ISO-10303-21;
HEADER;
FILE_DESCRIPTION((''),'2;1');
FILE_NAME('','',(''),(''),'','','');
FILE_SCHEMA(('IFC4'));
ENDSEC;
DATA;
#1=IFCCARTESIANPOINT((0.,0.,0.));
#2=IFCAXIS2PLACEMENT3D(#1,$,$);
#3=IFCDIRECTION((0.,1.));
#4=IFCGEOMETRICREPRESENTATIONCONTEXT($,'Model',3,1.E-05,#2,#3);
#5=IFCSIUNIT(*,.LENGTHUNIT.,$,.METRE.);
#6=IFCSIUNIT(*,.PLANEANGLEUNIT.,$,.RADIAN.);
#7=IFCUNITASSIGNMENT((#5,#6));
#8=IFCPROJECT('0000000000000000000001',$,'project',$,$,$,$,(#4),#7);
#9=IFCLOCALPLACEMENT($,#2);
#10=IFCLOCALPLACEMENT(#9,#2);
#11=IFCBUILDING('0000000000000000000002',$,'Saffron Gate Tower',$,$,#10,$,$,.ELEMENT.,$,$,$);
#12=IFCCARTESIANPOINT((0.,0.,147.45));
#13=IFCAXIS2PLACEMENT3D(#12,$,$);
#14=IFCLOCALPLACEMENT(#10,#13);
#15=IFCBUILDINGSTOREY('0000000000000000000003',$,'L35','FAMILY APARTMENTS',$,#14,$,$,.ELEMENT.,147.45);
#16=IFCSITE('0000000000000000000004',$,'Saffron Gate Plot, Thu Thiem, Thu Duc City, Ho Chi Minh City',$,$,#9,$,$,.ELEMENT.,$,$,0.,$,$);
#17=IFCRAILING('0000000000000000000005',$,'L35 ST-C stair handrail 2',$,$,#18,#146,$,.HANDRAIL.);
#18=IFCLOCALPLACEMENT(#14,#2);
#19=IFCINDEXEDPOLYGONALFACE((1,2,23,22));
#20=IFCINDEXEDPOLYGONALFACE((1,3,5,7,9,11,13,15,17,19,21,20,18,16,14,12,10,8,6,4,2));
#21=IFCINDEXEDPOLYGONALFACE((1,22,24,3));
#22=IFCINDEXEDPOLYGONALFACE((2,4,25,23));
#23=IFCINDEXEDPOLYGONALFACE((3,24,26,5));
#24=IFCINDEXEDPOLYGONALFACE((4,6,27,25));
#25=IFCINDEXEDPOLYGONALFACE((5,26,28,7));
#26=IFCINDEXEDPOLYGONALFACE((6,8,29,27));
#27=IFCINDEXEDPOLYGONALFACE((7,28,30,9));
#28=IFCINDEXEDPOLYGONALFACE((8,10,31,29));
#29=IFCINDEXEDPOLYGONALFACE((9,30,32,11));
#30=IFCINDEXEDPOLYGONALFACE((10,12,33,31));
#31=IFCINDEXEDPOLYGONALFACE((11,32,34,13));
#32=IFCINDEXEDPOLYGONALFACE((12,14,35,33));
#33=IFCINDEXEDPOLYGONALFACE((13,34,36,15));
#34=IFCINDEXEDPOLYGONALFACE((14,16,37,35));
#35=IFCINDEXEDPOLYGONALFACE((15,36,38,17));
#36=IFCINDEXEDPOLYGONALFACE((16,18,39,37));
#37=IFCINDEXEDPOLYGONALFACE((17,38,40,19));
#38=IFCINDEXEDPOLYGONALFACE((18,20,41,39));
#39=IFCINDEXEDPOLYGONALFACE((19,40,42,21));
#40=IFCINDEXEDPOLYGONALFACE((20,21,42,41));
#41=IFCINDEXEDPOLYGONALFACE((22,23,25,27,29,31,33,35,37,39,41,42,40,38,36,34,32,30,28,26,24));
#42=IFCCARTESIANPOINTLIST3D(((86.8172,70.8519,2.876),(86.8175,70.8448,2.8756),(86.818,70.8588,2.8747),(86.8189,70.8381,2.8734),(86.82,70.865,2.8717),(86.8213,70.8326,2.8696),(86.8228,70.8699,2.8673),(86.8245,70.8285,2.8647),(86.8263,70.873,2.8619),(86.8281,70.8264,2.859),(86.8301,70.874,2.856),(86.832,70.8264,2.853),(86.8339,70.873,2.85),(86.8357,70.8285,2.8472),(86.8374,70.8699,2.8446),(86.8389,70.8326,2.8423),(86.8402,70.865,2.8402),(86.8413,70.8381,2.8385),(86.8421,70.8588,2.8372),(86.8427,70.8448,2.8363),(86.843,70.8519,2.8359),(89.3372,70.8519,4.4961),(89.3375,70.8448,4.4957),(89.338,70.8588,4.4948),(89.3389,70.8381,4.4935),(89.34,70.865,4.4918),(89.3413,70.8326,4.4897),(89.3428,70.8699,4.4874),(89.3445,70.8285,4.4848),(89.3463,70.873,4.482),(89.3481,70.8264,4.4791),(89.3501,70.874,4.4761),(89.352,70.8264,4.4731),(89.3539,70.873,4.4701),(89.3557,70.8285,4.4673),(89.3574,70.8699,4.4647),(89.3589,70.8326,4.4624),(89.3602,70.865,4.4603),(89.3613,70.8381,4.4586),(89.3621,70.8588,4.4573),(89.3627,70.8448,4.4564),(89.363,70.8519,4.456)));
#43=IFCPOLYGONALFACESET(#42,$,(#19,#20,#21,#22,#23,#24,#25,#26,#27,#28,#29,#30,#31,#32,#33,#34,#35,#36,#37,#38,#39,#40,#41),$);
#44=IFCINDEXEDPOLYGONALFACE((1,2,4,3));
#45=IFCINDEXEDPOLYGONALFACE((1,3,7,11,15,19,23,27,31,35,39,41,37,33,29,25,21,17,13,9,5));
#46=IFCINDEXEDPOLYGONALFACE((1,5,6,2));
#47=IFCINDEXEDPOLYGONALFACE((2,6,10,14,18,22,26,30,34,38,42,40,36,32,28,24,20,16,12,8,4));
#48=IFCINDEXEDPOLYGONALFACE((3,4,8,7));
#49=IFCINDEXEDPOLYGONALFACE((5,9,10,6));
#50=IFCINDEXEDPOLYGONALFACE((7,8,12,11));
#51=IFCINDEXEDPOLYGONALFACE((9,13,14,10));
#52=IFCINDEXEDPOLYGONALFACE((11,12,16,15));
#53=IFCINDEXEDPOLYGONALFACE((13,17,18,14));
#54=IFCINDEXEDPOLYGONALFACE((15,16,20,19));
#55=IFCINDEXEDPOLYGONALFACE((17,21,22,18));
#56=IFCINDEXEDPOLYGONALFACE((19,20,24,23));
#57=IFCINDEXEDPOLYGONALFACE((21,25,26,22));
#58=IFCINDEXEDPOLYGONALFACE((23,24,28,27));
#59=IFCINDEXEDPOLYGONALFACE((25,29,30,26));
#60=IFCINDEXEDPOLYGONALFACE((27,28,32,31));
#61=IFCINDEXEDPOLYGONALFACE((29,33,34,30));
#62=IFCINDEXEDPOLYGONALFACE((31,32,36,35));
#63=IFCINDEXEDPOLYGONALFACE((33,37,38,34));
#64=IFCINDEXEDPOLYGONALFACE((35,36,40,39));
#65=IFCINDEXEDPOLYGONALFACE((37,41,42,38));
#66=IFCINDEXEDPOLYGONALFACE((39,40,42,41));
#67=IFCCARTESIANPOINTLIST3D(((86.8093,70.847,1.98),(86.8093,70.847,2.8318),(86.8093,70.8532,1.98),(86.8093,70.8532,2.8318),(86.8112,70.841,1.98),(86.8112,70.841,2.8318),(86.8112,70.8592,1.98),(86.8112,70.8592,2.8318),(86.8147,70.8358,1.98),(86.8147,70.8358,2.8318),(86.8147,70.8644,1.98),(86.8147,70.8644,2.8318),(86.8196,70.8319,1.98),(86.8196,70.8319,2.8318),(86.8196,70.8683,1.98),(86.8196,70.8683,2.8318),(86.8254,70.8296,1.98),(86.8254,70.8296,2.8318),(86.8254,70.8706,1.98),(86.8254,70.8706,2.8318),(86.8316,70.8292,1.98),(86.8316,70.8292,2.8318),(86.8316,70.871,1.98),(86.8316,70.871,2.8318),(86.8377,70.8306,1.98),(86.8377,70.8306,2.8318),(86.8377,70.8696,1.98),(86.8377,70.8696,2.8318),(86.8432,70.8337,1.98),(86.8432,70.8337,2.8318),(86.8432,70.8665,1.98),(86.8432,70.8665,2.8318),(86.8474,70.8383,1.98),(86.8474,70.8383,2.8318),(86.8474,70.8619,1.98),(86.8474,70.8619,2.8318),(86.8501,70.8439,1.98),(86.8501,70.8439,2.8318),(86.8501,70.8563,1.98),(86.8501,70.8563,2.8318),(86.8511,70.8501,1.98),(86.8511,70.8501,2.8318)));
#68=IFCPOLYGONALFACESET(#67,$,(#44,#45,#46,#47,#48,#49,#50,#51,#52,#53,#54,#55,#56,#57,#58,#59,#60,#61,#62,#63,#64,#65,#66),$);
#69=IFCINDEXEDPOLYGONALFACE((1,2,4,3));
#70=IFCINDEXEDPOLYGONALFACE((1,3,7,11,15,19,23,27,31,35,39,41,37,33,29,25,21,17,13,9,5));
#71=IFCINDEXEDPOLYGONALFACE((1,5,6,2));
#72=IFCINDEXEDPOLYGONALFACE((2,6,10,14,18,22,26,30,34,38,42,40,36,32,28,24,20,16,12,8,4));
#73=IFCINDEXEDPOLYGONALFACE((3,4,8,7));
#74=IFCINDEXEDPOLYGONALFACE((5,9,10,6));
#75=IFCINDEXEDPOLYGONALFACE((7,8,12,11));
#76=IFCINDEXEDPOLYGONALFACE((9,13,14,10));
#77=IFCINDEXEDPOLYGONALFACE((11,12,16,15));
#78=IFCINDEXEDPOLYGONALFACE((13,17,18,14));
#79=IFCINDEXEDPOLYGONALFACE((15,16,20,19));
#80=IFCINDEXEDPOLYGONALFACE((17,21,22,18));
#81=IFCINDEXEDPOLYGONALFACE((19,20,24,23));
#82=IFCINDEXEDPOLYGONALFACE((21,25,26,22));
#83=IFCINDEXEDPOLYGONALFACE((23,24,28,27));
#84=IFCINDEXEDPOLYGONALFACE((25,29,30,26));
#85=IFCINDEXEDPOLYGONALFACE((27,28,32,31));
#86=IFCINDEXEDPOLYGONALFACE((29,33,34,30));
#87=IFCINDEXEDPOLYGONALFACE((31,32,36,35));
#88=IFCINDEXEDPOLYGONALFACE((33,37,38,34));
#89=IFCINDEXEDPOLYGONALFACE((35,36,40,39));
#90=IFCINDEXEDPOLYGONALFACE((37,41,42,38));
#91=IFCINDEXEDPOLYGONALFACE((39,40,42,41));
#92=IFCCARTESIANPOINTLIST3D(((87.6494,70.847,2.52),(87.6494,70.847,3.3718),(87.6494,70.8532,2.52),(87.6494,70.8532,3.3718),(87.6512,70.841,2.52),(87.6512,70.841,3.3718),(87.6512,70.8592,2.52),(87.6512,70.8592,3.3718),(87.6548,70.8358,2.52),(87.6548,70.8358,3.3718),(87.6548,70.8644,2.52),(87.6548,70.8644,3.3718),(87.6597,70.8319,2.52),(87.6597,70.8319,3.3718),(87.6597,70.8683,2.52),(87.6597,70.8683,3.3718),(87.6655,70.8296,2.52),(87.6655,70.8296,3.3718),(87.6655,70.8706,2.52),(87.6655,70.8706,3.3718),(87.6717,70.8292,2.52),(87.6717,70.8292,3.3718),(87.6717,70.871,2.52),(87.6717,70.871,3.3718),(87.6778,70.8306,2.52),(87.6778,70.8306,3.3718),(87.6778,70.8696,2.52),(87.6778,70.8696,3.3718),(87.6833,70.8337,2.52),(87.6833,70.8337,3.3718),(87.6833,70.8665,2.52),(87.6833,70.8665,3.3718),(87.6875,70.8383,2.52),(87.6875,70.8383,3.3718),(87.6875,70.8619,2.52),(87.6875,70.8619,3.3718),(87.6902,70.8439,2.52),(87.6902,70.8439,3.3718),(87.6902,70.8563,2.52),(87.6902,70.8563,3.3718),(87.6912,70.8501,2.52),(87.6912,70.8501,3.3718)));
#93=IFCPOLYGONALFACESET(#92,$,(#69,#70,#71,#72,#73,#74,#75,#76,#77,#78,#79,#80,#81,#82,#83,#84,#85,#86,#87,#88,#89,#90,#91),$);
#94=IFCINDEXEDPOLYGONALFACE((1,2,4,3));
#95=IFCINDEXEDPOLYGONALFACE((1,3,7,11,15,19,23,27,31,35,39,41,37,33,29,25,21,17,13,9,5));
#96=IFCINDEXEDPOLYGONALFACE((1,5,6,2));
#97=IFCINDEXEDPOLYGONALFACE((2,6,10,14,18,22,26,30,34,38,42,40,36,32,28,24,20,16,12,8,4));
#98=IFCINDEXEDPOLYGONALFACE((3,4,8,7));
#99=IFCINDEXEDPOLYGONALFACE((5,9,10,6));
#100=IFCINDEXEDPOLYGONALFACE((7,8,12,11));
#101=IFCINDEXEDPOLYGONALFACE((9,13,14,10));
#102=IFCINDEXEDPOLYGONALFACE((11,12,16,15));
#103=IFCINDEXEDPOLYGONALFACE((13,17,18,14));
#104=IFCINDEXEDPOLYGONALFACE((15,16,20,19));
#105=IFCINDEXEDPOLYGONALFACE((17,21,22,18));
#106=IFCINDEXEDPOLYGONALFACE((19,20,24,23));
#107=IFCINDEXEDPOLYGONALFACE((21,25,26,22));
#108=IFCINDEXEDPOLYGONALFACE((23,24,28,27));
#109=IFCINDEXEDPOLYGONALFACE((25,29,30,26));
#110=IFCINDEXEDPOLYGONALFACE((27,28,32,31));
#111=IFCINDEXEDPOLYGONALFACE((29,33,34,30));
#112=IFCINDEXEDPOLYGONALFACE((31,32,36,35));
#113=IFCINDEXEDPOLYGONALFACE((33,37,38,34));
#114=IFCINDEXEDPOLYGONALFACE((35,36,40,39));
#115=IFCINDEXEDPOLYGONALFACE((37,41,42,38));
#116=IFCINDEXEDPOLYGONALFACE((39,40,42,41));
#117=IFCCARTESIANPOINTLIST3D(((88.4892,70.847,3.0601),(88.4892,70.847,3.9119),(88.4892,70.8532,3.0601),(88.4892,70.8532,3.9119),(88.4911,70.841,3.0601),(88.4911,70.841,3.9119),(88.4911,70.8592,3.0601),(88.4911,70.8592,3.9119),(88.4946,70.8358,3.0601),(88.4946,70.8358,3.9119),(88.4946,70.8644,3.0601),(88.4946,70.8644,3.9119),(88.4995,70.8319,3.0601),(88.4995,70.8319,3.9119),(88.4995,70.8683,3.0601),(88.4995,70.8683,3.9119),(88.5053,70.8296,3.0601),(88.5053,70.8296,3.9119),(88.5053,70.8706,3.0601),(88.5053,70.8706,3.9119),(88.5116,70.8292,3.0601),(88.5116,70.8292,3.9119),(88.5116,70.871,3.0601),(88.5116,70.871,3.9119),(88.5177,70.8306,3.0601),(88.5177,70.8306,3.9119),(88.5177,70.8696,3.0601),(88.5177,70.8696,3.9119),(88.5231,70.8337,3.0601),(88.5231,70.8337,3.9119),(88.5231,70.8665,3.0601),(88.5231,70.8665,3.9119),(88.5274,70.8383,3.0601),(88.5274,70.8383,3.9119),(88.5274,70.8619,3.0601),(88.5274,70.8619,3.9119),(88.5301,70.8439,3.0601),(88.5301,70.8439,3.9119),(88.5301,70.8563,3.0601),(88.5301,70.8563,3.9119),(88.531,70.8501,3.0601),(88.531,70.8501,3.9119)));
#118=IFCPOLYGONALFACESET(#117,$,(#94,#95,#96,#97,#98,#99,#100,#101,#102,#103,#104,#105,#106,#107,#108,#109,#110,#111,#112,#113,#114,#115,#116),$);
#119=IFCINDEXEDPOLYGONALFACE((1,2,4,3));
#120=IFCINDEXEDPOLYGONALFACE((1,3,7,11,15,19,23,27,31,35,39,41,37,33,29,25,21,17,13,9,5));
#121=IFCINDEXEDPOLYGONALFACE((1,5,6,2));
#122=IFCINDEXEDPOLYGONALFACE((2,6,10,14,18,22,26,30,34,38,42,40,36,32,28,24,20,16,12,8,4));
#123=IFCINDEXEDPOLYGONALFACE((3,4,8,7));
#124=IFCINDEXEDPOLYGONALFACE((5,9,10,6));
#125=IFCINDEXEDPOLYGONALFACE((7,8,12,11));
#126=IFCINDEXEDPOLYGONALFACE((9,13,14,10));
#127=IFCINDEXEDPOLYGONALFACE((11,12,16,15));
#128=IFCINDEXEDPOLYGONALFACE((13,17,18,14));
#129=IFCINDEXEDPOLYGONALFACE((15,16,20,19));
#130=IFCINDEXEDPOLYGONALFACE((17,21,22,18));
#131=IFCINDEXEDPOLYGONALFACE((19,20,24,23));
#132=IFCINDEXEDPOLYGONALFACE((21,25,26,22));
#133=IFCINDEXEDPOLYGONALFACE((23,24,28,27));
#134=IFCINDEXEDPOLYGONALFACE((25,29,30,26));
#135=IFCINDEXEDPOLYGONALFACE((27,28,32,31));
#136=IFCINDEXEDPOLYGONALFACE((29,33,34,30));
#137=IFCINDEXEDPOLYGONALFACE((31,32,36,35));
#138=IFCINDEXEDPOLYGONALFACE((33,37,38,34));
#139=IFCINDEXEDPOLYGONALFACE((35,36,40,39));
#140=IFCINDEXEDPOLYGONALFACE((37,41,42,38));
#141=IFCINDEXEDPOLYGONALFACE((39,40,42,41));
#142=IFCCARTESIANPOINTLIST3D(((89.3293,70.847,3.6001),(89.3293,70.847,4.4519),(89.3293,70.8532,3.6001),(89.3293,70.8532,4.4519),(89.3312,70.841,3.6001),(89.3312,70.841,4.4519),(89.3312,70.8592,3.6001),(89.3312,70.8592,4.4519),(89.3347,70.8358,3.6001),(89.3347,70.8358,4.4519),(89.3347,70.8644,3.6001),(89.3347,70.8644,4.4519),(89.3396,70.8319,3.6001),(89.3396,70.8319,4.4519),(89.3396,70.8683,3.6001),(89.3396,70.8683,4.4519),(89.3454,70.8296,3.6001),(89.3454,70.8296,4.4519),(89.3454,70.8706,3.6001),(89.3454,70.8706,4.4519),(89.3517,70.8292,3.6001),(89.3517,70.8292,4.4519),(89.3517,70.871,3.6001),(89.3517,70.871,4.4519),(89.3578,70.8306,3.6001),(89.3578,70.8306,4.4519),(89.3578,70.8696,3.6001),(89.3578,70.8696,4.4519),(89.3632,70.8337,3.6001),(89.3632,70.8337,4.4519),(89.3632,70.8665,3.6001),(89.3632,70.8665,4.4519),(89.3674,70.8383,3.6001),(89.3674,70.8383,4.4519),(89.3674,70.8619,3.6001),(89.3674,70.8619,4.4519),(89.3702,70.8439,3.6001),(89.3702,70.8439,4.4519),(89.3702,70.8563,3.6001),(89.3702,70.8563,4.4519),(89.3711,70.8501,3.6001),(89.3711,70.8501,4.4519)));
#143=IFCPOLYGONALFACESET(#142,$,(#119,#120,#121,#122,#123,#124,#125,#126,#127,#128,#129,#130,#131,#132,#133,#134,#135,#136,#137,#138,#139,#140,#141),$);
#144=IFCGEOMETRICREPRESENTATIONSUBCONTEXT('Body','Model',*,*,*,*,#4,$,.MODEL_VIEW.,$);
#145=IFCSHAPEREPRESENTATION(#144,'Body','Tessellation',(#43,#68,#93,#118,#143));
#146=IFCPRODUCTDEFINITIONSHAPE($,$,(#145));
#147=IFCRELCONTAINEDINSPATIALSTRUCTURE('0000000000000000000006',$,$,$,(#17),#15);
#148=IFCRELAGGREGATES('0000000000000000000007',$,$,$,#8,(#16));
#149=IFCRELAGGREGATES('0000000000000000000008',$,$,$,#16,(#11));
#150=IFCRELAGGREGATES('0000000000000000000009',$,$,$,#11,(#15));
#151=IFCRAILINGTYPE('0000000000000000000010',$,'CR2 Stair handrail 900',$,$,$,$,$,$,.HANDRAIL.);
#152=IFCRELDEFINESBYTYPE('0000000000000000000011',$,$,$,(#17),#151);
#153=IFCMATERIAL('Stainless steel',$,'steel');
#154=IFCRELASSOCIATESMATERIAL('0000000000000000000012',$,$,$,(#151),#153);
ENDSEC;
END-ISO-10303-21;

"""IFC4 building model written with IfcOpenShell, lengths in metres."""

from ifc_helpers import new_model, si_unit, direction, frame, origin, origin_2d, place, context, subcontext, project, spatial, circle, extrude, material, type_object, element, save


model = new_model("IFC4")

# Units and contexts
model_context = context("Model", 3, precision=1e-05, world=origin(), true_north=direction((0.0, 1.0)))
body_context = subcontext(model_context, "Body", "Model", "MODEL_VIEW")
ifc_project = project(units=[si_unit("LENGTHUNIT", "METRE"), si_unit("PLANEANGLEUNIT", "RADIAN")], contexts=[model_context])

# Site, building, storey
site_placement = place(None, origin())
site = spatial("IfcSite", under=ifc_project, at=site_placement, Name="Saffron Gate Plot, Thu Thiem, Thu Duc City, Ho Chi Minh City", CompositionType="ELEMENT", RefElevation=0.0)
building_placement = place(site_placement, origin())
building = spatial("IfcBuilding", under=site, at=building_placement, Name="Saffron Gate Tower", CompositionType="ELEMENT")
storey_placement = place(building_placement, frame((0.0, 0.0, 147.45)))
storey = spatial("IfcBuildingStorey", under=building, at=storey_placement, Name="L35", Description="FAMILY APARTMENTS", CompositionType="ELEMENT", Elevation=147.45)

# Railing
ifc_material_1 = material(Name="Stainless steel", Category="steel")
railing_type_1 = type_object("IfcRailingType", Name="CR2 Stair handrail 900", PredefinedType="HANDRAIL", material=ifc_material_1)
railing_1_placement = place(storey_placement, frame((86.8301, 70.8501, 1.98)))
element("IfcRailing", 1, at=railing_1_placement, inside=storey, type_object=railing_type_1, Name="L35 ST-C stair handrail 2", PredefinedType="HANDRAIL", context=body_context, shape_type="SweptSolid", body=[
    extrude(circle(Radius=0.0239, at=origin_2d()), frame((0.0, 0.0, 0.876), z_axis=(0.841163, 0.0, 0.540782), x_axis=(0.0, 1.0, 0.0)), (0.0, 0.0, 1.0), 2.9958),
    extrude(circle(Radius=0.021, at=origin_2d()), origin(), (0.0, 0.0, 1.0), 0.8518),
    extrude(circle(Radius=0.021, at=origin_2d()), frame((0.8401, 0.0, 0.54)), (0.0, 0.0, 1.0), 0.8518),
    extrude(circle(Radius=0.021, at=origin_2d()), frame((1.6799, 0.0, 1.0801)), (0.0, 0.0, 1.0), 0.8518),
    extrude(circle(Radius=0.021, at=origin_2d()), frame((2.52, 0.0, 1.6201)), (0.0, 0.0, 1.0), 0.8518),
])

save(model, "model.ifc")
